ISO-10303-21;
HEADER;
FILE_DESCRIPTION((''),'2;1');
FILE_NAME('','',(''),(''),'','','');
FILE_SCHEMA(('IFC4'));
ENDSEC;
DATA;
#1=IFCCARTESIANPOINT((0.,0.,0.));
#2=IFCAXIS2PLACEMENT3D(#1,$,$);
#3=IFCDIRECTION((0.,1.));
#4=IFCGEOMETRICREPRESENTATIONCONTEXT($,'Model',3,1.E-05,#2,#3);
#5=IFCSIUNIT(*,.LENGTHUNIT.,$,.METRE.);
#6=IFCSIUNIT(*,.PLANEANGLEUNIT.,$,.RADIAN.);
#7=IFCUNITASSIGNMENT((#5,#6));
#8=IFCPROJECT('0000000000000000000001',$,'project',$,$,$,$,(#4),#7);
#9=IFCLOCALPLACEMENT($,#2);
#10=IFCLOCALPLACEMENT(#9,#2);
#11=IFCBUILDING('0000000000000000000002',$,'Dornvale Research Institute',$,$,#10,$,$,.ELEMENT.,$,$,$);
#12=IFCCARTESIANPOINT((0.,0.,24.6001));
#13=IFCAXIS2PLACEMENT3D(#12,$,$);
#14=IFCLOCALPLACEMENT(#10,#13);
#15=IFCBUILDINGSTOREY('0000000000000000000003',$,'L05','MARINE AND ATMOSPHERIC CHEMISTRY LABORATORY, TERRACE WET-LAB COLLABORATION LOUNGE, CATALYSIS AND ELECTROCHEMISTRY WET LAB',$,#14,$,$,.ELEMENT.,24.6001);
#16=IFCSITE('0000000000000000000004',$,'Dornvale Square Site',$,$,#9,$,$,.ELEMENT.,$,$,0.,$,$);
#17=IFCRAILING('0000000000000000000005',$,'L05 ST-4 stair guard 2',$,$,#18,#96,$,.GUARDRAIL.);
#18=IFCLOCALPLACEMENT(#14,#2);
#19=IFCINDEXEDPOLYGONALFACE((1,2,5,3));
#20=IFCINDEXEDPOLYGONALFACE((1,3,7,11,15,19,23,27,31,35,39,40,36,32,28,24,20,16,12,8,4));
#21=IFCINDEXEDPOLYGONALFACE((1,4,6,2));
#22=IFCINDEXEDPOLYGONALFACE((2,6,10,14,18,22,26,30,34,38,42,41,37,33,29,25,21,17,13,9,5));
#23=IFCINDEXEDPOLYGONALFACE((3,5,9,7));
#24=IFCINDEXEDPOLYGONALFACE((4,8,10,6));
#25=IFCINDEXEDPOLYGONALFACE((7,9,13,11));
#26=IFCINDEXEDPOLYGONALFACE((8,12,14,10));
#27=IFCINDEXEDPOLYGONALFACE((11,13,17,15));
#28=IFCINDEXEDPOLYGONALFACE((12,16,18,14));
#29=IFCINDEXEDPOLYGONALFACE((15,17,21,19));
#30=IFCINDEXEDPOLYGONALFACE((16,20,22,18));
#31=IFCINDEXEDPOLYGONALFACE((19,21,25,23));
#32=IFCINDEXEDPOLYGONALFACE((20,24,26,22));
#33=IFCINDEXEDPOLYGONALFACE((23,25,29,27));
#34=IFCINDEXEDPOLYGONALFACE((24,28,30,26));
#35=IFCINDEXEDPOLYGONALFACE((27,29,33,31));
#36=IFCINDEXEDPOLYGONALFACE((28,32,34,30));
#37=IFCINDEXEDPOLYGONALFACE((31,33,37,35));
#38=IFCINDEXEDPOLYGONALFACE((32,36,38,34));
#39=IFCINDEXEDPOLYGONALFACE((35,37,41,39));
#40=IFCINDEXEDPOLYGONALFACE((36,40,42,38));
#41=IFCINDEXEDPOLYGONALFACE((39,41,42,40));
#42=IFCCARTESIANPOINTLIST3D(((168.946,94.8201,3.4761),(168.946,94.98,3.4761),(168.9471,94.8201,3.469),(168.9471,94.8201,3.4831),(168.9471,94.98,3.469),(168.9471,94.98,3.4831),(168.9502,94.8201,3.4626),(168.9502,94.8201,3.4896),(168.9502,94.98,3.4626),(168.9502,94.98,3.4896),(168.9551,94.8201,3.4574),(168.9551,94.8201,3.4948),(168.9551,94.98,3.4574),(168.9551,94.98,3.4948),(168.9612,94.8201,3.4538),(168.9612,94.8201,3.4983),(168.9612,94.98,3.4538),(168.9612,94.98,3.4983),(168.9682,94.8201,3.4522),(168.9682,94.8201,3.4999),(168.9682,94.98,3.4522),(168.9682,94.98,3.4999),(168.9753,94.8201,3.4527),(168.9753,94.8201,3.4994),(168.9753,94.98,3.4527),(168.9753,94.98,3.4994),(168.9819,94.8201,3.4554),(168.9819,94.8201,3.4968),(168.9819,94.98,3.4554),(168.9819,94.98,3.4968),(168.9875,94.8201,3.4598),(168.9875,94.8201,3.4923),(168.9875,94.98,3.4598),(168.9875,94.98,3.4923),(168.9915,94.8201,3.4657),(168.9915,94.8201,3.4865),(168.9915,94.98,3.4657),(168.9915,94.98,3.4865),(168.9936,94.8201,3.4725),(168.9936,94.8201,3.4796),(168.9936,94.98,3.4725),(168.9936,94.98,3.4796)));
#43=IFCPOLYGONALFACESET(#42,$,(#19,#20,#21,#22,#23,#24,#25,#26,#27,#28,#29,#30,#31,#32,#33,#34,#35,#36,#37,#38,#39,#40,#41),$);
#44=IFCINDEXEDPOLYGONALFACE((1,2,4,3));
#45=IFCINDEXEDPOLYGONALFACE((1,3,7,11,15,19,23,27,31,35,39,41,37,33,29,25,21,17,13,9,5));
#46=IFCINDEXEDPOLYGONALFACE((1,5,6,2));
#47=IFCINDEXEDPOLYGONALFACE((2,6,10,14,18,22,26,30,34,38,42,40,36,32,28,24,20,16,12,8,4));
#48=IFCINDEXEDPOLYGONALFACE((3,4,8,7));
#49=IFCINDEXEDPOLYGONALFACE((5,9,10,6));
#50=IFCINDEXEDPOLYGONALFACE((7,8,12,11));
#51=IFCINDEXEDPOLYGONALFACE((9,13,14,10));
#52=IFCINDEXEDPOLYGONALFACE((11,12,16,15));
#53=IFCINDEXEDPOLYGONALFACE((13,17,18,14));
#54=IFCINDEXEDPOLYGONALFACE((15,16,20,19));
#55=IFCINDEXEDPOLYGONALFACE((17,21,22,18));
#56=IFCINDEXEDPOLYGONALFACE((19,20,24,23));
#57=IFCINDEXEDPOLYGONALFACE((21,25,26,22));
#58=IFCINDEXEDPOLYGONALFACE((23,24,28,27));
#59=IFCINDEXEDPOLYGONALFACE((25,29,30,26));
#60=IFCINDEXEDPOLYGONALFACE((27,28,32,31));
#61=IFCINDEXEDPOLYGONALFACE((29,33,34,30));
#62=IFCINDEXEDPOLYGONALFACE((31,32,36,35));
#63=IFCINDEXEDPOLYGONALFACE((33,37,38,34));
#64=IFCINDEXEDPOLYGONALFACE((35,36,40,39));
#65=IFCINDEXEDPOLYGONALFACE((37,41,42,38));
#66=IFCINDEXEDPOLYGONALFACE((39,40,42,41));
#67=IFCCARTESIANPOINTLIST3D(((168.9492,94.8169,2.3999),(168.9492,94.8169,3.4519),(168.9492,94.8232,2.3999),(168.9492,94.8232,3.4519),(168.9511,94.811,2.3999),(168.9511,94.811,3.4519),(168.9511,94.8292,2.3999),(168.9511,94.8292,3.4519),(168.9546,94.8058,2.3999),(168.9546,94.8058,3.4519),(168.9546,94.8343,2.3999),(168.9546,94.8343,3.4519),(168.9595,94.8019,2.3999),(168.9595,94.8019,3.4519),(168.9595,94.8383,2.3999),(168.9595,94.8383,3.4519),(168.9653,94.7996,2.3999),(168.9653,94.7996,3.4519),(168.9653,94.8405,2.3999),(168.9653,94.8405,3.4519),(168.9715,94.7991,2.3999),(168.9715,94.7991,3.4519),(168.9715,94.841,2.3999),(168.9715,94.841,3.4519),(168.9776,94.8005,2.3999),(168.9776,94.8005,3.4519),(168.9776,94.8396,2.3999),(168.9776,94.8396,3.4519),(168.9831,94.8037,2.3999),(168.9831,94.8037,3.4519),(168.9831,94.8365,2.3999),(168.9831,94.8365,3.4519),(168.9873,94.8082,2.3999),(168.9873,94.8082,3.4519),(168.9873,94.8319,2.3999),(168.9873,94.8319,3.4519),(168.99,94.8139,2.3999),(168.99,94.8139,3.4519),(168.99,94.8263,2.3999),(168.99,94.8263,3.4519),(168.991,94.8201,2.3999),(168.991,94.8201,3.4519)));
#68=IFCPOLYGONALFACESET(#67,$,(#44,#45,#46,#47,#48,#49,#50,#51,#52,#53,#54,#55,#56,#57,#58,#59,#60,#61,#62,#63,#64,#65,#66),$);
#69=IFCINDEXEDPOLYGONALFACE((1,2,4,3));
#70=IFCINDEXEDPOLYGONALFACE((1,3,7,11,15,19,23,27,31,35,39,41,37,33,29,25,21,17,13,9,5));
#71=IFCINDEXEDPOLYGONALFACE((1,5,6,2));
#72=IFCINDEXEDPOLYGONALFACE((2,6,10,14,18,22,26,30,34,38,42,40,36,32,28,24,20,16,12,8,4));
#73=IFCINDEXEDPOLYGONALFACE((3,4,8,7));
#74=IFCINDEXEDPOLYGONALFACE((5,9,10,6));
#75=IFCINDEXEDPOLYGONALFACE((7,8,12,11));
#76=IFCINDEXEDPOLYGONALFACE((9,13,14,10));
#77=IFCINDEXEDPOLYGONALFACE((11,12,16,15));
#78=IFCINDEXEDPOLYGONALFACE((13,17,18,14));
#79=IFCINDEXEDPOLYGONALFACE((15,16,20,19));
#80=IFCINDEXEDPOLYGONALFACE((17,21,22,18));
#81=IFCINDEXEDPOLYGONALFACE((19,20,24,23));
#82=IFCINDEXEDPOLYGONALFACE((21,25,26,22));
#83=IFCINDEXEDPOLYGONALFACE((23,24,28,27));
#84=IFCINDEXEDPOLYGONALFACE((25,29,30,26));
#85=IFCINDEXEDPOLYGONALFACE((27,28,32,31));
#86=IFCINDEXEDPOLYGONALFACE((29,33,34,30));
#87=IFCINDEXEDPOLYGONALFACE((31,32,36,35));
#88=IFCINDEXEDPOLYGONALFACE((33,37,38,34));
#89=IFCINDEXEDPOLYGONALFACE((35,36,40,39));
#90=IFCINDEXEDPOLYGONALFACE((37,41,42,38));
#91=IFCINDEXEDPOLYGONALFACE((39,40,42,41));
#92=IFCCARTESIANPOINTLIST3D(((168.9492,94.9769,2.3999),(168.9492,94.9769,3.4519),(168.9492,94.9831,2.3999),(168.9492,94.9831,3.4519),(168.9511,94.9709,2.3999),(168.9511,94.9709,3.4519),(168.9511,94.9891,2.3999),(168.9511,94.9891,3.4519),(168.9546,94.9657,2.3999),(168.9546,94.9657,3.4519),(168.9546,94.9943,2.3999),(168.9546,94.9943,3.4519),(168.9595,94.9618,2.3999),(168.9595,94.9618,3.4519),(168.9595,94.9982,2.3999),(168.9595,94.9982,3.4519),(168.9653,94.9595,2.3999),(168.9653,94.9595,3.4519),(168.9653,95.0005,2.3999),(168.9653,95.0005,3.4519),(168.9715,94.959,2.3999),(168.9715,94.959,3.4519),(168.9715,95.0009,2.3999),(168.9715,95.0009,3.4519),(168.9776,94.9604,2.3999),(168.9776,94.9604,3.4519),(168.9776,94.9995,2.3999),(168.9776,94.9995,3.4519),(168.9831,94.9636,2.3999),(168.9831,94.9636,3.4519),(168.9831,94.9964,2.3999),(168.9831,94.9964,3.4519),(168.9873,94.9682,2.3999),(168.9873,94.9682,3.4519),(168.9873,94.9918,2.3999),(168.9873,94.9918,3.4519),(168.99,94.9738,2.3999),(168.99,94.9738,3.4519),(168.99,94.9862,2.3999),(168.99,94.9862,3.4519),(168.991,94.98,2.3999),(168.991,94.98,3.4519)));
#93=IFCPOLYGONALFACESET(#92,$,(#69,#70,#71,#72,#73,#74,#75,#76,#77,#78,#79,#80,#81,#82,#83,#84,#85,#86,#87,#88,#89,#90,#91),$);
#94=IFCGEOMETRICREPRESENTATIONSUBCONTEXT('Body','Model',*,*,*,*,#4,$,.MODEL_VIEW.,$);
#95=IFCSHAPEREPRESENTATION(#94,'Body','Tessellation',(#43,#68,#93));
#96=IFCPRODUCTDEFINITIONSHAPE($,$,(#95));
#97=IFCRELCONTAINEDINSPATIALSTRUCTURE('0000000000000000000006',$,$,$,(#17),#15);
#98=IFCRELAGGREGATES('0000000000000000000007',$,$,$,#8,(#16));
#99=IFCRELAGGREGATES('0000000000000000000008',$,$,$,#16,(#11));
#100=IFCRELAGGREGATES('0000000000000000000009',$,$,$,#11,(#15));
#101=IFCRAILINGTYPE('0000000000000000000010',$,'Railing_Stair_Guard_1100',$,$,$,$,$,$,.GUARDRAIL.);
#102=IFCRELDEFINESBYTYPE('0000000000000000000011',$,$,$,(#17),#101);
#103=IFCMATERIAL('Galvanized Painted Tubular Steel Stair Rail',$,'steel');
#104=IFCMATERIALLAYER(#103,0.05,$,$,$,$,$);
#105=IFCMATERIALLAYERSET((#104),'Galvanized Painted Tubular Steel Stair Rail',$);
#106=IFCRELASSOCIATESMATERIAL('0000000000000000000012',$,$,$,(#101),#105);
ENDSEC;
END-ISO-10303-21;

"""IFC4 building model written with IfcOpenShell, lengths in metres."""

from ifc_helpers import new_model, si_unit, direction, frame, origin, origin_2d, place, context, subcontext, project, spatial, circle, extrude, material, layer, layer_set, type_object, element, save


model = new_model("IFC4")

# Units and contexts
model_context = context("Model", 3, precision=1e-05, world=origin(), true_north=direction((0.0, 1.0)))
body_context = subcontext(model_context, "Body", "Model", "MODEL_VIEW")
ifc_project = project(units=[si_unit("LENGTHUNIT", "METRE"), si_unit("PLANEANGLEUNIT", "RADIAN")], contexts=[model_context])

# Site, building, storey
site_placement = place(None, origin())
site = spatial("IfcSite", under=ifc_project, at=site_placement, Name="Dornvale Square Site", CompositionType="ELEMENT", RefElevation=0.0)
building_placement = place(site_placement, origin())
building = spatial("IfcBuilding", under=site, at=building_placement, Name="Dornvale Research Institute", CompositionType="ELEMENT")
storey_placement = place(building_placement, frame((0.0, 0.0, 24.6001)))
storey = spatial("IfcBuildingStorey", under=building, at=storey_placement, Name="L05", Description="MARINE AND ATMOSPHERIC CHEMISTRY LABORATORY, TERRACE WET-LAB COLLABORATION LOUNGE, CATALYSIS AND ELECTROCHEMISTRY WET LAB", CompositionType="ELEMENT", Elevation=24.6001)

# Railing
ifc_material_1 = material(Name="Galvanized Painted Tubular Steel Stair Rail", Category="steel")
ifc_layer_1 = layer(ifc_material_1, 0.05)
ifc_layer_set_1 = layer_set([ifc_layer_1], Name="Galvanized Painted Tubular Steel Stair Rail")
railing_type_1 = type_object("IfcRailingType", Name="Railing_Stair_Guard_1100", PredefinedType="GUARDRAIL", material=ifc_layer_set_1)
railing_1_placement = place(storey_placement, frame((168.97, 94.8201, 2.3999)))
element("IfcRailing", 1, at=railing_1_placement, inside=storey, type_object=railing_type_1, Name="L05 ST-4 stair guard 2", PredefinedType="GUARDRAIL", context=body_context, shape_type="SweptSolid", body=[
    extrude(circle(Radius=0.0239, at=origin_2d()), frame((0.0, 0.0, 1.0762), z_axis=(0.0, 1.0, 0.0), x_axis=(-1.0, 0.0, 0.0)), (0.0, 0.0, 1.0), 0.1599),
    extrude(circle(Radius=0.021, at=origin_2d()), origin(), (0.0, 0.0, 1.0), 1.052),
    extrude(circle(Radius=0.021, at=origin_2d()), frame((0.0, 0.1599, 0.0)), (0.0, 0.0, 1.0), 1.052),
])

save(model, "model.ifc")
